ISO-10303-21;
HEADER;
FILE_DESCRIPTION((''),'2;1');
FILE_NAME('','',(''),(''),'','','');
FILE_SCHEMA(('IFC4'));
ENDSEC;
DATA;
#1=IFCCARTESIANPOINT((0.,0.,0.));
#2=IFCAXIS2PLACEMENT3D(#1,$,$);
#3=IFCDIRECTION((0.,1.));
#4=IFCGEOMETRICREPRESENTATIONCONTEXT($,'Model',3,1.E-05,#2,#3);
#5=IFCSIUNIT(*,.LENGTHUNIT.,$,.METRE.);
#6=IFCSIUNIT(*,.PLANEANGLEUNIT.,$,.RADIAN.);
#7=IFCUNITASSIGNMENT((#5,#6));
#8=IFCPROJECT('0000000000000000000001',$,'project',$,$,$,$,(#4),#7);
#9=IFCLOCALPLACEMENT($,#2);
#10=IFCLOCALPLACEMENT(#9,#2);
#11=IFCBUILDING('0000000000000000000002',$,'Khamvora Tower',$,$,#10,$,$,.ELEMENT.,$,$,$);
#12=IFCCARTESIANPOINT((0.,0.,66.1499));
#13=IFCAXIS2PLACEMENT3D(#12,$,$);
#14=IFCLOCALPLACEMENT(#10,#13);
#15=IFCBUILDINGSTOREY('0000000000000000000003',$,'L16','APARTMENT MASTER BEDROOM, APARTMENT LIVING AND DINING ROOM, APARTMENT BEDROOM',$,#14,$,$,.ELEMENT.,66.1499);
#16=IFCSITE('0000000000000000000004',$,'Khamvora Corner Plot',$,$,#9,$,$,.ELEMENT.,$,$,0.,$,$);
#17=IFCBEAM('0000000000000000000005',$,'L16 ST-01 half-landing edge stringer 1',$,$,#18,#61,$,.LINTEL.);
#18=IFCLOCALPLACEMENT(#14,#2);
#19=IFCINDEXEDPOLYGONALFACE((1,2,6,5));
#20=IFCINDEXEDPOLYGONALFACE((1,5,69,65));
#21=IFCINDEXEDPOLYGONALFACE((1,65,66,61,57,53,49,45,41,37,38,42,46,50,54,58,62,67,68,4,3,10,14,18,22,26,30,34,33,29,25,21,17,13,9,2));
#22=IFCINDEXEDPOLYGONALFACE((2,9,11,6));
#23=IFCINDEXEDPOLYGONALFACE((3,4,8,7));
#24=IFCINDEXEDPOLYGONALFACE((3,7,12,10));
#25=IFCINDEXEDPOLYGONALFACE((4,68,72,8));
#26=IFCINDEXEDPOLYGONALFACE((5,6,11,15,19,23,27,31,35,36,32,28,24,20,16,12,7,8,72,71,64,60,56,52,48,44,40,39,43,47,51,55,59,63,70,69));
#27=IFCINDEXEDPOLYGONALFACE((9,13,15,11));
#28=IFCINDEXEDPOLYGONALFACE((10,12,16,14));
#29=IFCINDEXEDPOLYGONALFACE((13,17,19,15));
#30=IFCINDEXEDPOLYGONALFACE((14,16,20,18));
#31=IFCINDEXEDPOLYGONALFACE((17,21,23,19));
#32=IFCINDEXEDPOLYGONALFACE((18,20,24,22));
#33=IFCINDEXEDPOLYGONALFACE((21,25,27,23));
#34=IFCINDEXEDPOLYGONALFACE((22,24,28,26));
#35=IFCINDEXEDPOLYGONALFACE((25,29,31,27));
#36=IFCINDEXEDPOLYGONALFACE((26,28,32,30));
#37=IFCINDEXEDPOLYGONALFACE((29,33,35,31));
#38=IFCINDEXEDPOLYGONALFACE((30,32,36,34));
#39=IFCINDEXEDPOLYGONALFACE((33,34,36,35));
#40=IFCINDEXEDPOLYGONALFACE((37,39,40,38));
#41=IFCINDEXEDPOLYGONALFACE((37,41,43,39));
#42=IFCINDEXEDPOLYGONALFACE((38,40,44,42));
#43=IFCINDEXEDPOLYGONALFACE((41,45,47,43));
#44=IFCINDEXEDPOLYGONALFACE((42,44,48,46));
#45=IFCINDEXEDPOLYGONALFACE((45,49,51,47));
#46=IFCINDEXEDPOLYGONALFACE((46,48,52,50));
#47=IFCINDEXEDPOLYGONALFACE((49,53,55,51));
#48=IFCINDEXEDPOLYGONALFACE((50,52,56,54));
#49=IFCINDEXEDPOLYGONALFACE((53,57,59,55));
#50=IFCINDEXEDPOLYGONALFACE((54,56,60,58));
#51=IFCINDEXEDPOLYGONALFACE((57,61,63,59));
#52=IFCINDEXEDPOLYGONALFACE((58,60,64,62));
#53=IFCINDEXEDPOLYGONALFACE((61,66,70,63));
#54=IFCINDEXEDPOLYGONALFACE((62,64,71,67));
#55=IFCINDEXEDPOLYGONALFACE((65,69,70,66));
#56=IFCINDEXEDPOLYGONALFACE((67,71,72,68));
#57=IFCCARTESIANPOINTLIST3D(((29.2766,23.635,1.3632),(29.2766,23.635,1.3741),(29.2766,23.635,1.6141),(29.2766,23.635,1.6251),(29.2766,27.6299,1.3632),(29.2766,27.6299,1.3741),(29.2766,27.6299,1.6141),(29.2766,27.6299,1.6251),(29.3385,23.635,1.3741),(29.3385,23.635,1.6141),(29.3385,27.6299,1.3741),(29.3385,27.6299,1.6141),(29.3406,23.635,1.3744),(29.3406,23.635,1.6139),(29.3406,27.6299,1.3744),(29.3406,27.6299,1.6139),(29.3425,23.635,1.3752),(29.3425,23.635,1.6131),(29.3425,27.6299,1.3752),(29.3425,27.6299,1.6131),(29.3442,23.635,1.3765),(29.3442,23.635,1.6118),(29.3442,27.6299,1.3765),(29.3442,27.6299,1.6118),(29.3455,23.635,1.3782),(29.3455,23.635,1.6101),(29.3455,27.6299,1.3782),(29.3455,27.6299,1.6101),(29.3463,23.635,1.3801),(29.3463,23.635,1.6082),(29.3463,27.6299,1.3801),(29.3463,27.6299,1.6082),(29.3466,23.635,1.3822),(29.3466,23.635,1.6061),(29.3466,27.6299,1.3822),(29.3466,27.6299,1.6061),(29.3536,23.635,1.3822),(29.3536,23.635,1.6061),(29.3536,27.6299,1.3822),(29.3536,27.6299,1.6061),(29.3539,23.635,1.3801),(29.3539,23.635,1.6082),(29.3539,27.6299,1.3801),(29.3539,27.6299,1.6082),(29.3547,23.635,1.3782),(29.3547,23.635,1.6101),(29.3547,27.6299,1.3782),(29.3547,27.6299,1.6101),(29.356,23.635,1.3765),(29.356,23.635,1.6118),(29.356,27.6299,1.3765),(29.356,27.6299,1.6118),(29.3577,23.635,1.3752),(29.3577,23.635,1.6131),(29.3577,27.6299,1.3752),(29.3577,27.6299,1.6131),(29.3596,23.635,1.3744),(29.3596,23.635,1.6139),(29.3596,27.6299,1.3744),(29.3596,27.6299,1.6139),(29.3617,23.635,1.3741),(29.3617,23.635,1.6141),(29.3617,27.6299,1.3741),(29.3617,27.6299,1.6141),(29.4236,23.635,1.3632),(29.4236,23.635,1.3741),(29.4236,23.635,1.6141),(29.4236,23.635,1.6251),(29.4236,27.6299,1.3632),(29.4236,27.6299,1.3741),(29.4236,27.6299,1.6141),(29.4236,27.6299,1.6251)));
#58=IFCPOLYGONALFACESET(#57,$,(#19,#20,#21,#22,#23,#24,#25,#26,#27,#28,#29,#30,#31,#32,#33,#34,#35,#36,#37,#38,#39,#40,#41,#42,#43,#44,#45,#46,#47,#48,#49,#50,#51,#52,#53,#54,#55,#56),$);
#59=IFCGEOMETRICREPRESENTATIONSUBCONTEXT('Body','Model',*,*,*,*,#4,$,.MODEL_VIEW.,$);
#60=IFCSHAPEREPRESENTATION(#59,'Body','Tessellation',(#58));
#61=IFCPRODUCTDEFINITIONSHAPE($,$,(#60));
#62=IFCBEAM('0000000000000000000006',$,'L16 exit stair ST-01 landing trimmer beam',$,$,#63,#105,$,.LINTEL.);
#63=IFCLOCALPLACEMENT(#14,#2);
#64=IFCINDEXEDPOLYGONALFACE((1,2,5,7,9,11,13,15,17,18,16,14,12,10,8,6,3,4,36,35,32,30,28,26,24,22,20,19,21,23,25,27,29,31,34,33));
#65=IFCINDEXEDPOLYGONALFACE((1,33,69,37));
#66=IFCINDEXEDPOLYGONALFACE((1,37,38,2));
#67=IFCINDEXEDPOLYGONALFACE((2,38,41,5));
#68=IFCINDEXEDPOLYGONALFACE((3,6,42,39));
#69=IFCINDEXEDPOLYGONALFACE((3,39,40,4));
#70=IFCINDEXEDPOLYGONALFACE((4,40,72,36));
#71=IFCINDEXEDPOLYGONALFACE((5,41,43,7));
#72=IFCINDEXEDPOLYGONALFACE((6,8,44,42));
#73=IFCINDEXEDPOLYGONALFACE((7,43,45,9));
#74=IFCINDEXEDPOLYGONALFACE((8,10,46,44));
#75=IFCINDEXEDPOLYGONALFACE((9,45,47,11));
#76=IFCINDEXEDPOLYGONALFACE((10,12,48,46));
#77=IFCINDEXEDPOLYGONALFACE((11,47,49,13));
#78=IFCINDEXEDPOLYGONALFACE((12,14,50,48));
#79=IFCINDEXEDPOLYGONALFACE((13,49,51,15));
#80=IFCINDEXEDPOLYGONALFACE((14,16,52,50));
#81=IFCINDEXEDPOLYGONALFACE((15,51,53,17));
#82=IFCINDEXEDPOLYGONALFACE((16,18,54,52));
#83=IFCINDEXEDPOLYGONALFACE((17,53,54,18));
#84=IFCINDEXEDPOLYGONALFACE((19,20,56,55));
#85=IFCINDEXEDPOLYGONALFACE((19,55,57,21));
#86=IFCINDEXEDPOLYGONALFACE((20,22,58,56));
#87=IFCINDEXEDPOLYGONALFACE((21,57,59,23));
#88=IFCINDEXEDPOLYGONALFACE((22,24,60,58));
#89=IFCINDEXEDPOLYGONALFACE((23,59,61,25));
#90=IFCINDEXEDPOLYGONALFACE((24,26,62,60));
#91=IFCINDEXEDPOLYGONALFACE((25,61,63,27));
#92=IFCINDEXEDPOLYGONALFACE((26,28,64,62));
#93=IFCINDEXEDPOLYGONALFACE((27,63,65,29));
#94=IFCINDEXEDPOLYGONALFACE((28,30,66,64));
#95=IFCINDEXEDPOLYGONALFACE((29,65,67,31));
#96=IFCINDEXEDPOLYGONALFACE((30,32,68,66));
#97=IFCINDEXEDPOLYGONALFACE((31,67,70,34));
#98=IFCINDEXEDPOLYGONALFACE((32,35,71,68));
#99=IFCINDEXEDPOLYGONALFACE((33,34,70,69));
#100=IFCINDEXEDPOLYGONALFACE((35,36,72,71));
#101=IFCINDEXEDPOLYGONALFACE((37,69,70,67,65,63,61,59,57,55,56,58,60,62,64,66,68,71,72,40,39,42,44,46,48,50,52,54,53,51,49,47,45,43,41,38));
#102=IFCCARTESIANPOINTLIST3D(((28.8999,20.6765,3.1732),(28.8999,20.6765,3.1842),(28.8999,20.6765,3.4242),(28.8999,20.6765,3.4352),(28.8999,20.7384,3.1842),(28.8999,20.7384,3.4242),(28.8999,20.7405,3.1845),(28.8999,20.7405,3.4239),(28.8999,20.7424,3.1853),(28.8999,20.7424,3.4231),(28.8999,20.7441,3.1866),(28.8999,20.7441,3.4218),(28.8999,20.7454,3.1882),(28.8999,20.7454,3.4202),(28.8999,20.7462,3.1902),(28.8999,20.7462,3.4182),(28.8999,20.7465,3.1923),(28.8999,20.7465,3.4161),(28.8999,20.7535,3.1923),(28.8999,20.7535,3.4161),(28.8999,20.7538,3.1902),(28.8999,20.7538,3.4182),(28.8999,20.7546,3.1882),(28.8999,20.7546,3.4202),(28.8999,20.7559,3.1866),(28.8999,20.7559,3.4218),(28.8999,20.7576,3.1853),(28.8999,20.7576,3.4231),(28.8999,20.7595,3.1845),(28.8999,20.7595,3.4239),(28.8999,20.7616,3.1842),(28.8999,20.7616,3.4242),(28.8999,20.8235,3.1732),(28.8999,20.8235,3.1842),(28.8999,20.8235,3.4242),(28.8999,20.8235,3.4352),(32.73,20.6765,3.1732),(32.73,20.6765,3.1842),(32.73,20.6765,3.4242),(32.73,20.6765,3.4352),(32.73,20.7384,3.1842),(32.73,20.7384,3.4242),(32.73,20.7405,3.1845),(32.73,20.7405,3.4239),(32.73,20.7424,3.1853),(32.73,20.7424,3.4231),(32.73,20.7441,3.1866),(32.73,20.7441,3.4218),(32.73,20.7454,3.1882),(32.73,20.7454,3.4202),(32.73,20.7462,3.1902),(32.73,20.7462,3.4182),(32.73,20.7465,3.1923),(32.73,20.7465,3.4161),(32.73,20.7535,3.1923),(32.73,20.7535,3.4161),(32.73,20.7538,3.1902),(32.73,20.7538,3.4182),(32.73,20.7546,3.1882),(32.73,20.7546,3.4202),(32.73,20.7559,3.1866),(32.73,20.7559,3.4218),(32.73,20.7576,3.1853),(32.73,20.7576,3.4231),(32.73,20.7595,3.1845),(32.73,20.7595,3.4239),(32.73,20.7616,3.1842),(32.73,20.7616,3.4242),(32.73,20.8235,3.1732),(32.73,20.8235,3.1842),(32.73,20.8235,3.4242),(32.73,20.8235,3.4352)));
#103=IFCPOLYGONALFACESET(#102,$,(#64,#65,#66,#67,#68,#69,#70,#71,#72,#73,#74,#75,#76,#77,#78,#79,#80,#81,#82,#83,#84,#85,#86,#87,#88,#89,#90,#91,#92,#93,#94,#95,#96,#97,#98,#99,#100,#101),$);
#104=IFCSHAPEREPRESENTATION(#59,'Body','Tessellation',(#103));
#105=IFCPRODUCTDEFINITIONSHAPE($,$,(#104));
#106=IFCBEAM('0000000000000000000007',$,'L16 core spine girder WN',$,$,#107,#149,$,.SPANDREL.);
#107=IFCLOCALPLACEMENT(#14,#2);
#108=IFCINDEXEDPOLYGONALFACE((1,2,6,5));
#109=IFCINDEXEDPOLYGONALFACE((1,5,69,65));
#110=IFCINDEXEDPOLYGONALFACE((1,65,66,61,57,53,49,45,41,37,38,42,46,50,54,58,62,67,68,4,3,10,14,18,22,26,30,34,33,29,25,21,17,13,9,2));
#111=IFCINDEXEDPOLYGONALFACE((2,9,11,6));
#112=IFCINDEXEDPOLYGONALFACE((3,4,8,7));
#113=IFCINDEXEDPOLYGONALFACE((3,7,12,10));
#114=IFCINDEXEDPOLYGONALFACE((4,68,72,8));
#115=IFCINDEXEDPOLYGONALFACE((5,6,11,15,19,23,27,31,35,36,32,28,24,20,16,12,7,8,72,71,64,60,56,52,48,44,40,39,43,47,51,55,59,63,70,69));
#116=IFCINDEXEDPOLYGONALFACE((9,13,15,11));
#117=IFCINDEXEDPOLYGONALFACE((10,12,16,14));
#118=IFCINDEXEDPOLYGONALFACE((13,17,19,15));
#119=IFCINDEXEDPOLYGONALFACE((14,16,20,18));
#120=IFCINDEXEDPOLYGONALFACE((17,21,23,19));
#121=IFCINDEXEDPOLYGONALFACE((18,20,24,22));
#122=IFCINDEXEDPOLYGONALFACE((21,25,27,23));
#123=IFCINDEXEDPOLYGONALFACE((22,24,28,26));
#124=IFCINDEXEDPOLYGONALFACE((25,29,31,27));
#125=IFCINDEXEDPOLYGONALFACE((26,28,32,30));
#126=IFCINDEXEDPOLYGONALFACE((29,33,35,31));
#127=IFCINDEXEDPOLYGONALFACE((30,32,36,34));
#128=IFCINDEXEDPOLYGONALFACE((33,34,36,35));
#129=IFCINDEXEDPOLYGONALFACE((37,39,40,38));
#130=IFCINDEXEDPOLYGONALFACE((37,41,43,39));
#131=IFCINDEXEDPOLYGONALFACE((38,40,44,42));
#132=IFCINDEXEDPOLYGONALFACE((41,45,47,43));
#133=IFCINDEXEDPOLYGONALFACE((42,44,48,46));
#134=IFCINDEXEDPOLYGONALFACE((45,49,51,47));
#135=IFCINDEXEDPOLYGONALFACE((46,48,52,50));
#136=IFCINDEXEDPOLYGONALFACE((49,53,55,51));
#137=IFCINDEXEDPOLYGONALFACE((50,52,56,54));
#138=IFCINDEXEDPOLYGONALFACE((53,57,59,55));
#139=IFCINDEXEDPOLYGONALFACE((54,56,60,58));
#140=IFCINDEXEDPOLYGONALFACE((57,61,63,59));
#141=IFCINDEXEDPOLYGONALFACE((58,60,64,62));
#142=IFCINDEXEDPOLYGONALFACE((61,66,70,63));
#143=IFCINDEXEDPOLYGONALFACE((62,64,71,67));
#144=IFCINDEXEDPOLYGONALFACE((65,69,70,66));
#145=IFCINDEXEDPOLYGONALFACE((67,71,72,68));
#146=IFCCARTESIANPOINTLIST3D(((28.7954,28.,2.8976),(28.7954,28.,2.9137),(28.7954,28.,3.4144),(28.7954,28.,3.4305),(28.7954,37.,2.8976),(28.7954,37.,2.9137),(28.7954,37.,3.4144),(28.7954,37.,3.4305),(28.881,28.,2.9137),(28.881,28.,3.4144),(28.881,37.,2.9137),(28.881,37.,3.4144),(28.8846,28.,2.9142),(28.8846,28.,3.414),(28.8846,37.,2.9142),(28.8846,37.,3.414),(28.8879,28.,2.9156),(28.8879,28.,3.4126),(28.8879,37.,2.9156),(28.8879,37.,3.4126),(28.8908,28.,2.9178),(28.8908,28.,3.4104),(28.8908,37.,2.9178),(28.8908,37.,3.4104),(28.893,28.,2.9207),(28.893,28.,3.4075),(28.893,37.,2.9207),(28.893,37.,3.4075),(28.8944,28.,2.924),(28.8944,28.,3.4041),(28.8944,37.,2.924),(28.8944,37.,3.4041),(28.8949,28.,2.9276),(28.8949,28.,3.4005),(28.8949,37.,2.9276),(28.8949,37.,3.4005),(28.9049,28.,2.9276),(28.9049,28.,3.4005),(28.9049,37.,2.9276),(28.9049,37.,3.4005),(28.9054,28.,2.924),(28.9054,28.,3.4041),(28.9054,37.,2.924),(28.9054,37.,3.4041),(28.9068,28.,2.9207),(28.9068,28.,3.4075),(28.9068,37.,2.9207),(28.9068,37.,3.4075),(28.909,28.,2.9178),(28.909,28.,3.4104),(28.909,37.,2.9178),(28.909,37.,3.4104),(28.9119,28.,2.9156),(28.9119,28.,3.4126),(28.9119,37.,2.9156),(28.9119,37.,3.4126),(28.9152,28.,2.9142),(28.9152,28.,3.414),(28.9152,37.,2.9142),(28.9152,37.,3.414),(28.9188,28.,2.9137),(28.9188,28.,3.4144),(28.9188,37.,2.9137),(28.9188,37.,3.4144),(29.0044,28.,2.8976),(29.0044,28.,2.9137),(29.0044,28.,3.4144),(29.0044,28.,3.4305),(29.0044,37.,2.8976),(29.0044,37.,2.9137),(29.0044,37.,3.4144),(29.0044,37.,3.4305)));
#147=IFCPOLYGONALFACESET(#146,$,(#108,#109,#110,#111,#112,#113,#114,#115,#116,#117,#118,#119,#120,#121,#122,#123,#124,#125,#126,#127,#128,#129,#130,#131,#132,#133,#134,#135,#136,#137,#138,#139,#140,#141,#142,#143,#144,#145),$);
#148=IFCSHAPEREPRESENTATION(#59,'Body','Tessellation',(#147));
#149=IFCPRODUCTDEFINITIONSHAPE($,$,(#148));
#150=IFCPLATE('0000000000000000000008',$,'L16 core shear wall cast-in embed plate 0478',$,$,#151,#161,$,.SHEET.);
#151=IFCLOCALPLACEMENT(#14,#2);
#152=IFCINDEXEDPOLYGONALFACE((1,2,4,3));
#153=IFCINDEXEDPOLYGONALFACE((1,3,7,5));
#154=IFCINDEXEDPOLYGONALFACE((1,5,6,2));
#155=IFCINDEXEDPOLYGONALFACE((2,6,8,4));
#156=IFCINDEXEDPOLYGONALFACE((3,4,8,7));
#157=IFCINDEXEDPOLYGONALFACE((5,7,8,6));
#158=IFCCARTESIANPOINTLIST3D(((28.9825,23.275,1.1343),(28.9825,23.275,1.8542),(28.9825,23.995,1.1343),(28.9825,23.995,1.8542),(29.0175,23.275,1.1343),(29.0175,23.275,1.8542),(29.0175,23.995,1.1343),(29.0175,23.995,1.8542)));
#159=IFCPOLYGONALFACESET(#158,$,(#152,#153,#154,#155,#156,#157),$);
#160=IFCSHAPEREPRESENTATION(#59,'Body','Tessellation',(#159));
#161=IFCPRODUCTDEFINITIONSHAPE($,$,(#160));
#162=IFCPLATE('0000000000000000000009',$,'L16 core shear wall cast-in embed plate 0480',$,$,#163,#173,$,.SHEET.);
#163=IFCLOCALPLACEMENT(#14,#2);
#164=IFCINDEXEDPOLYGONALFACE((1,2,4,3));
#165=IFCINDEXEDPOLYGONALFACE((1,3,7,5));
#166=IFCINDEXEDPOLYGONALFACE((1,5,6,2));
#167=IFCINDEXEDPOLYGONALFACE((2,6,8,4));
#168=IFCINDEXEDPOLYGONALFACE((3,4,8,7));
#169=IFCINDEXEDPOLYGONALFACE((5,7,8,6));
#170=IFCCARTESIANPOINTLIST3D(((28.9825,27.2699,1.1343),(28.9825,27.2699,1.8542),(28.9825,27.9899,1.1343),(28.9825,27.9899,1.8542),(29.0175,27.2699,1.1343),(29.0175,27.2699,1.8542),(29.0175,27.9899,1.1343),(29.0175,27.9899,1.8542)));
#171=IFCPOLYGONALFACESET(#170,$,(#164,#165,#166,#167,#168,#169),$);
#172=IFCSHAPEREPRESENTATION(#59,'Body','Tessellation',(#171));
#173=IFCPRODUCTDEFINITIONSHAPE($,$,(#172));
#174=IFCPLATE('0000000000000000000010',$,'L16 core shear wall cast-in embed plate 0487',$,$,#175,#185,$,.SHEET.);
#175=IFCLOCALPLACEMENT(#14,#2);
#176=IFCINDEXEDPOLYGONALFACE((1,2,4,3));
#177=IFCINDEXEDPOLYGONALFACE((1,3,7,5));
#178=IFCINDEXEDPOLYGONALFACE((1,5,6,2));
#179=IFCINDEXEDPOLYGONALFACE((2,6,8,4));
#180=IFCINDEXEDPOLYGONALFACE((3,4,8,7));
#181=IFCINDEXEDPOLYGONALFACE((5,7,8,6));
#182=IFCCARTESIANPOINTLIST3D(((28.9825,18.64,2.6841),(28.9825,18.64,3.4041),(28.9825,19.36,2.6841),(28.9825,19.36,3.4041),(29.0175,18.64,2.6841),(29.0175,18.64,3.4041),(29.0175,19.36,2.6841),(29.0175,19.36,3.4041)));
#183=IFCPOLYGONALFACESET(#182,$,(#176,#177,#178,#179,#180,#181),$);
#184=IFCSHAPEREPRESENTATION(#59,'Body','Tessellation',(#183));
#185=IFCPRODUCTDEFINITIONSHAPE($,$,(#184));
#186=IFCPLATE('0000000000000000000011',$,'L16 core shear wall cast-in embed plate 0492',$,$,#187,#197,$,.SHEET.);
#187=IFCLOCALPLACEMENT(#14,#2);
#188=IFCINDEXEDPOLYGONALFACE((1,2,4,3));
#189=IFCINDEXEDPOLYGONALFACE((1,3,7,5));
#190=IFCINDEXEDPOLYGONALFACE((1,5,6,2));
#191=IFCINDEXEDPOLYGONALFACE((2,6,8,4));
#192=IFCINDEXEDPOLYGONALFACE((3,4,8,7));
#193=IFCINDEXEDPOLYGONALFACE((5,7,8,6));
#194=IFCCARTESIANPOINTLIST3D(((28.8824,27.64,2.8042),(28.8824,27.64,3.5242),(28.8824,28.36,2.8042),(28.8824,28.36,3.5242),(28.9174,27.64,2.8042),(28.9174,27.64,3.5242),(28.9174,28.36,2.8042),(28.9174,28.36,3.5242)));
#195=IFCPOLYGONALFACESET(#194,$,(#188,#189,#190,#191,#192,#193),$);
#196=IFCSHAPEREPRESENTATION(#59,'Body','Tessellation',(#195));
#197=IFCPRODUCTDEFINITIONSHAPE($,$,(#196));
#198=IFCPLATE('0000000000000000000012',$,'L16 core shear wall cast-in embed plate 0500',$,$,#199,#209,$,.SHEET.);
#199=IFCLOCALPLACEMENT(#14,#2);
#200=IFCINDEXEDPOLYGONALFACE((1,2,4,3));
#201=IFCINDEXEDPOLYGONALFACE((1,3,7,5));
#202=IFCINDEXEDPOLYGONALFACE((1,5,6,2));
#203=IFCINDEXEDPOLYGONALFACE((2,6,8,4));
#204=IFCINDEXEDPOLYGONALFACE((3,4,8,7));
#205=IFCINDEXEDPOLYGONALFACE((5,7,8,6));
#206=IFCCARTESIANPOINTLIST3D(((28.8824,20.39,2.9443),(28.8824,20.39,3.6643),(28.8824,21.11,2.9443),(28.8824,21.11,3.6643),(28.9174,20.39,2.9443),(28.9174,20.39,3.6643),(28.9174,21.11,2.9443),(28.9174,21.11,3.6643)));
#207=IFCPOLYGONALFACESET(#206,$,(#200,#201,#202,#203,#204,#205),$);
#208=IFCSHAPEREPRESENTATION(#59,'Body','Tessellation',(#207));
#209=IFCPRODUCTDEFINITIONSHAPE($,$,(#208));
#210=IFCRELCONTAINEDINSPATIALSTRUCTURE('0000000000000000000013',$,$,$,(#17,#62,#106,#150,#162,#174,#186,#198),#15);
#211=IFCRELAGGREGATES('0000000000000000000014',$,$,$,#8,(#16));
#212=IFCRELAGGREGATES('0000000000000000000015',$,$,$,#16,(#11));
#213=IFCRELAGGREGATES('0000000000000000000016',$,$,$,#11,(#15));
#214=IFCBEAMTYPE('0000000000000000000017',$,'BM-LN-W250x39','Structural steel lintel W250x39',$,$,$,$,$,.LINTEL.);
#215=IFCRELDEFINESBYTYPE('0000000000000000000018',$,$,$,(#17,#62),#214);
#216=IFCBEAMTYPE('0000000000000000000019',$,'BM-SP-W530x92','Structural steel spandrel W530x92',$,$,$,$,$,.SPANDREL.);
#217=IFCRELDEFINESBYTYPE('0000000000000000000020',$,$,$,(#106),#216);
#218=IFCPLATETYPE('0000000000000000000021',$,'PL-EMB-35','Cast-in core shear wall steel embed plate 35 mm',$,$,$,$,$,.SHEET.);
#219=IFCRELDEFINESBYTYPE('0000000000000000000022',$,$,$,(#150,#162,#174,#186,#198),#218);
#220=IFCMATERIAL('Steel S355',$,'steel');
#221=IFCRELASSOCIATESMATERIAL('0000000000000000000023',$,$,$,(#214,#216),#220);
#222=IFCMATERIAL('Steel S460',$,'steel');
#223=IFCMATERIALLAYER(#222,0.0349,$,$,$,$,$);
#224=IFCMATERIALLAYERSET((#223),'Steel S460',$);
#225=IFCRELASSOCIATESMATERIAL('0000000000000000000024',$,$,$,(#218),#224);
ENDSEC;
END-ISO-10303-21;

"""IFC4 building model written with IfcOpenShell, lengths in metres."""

from ifc_helpers import new_model, si_unit, direction, frame, origin, origin_2d, place, context, subcontext, project, spatial, rectangle, i_section, extrude, material, layer, layer_set, material_profile, profile_set, type_object, element, save


model = new_model("IFC4")

# Units and contexts
model_context = context("Model", 3, precision=1e-05, world=origin(), true_north=direction((0.0, 1.0)))
body_context = subcontext(model_context, "Body", "Model", "MODEL_VIEW")
ifc_project = project(units=[si_unit("LENGTHUNIT", "METRE"), si_unit("PLANEANGLEUNIT", "RADIAN")], contexts=[model_context])

# Site, building, storey
site_placement = place(None, origin())
site = spatial("IfcSite", under=ifc_project, at=site_placement, Name="Khamvora Corner Plot", CompositionType="ELEMENT", RefElevation=0.0)
building_placement = place(site_placement, origin())
building = spatial("IfcBuilding", under=site, at=building_placement, Name="Khamvora Tower", CompositionType="ELEMENT")
storey_placement = place(building_placement, frame((0.0, 0.0, 66.1499)))
storey = spatial("IfcBuildingStorey", under=building, at=storey_placement, Name="L16", Description="APARTMENT MASTER BEDROOM, APARTMENT LIVING AND DINING ROOM, APARTMENT BEDROOM", CompositionType="ELEMENT", Elevation=66.1499)

# Shared definitions
ifc_material_1 = material(Name="Steel S460", Category="steel")

# Beams
ifc_material_2 = material(Name="Steel S355", Category="steel")
ifc_material_profile_1 = material_profile(ifc_material_2, i_section(OverallWidth=0.147, OverallDepth=0.262, WebThickness=0.0071, FlangeThickness=0.011, FilletRadius=0.0081, at=origin_2d()), Name="W250x39")
ifc_profile_set_1 = profile_set([ifc_material_profile_1], Name="Steel S355")
beam_type_1 = type_object("IfcBeamType", Name="BM-LN-W250x39", Description="Structural steel lintel W250x39", PredefinedType="LINTEL", material=ifc_profile_set_1)
beam_1_placement = place(storey_placement, frame((29.3501, 23.635, 1.4941), z_axis=(0.0, 1.0, 0.0), x_axis=(-1.0, 0.0, 0.0)))
element("IfcBeam", 1, at=beam_1_placement, inside=storey, type_object=beam_type_1, Name="L16 ST-01 half-landing edge stringer 1", PredefinedType="LINTEL", context=body_context, shape_type="SweptSolid", body=[
    extrude(i_section(OverallWidth=0.147, OverallDepth=0.262, WebThickness=0.0071, FlangeThickness=0.011, FilletRadius=0.0081, at=origin_2d()), origin(), (0.0, 0.0, 1.0), 3.9949),
])
beam_2_placement = place(storey_placement, frame((28.8999, 20.75, 3.3042), z_axis=(1.0, 0.0, 0.0), x_axis=(0.0, 1.0, 0.0)))
element("IfcBeam", 2, at=beam_2_placement, inside=storey, type_object=beam_type_1, Name="L16 exit stair ST-01 landing trimmer beam", PredefinedType="LINTEL", context=body_context, shape_type="SweptSolid", body=[
    extrude(i_section(OverallWidth=0.147, OverallDepth=0.262, WebThickness=0.0071, FlangeThickness=0.011, FilletRadius=0.0081, at=origin_2d()), origin(), (0.0, 0.0, 1.0), 3.8301),
])
ifc_material_profile_2 = material_profile(ifc_material_2, i_section(OverallWidth=0.209, OverallDepth=0.533, WebThickness=0.01, FlangeThickness=0.0161, FilletRadius=0.0139, at=origin_2d()), Name="W530x92")
ifc_profile_set_2 = profile_set([ifc_material_profile_2], Name="Steel S355")
beam_type_2 = type_object("IfcBeamType", Name="BM-SP-W530x92", Description="Structural steel spandrel W530x92", PredefinedType="SPANDREL", material=ifc_profile_set_2)
beam_3_placement = place(storey_placement, frame((28.8999, 28.0, 3.1641), z_axis=(0.0, 1.0, 0.0), x_axis=(-1.0, 0.0, 0.0)))
element("IfcBeam", 3, at=beam_3_placement, inside=storey, type_object=beam_type_2, Name="L16 core spine girder WN", PredefinedType="SPANDREL", context=body_context, shape_type="SweptSolid", body=[
    extrude(i_section(OverallWidth=0.209, OverallDepth=0.533, WebThickness=0.01, FlangeThickness=0.0161, FilletRadius=0.0139, at=origin_2d()), origin(), (0.0, 0.0, 1.0), 9.0),
])

# Plates
ifc_layer_1 = layer(ifc_material_1, 0.0349)
ifc_layer_set_1 = layer_set([ifc_layer_1], Name="Steel S460")
plate_type = type_object("IfcPlateType", Name="PL-EMB-35", Description="Cast-in core shear wall steel embed plate 35 mm", PredefinedType="SHEET", material=ifc_layer_set_1)
for number, where, z_axis, x_axis, name in (
    (4, (29.0, 23.635, 1.1343), (0.0, 0.0, 1.0), (1.0, 0.0, 0.0), "L16 core shear wall cast-in embed plate 0478"),
    (5, (29.0, 27.6299, 1.1343), (0.0, 0.0, 1.0), (1.0, 0.0, 0.0), "L16 core shear wall cast-in embed plate 0480"),
    (6, (29.0, 19.0, 2.6841), (0.0, 0.0, 1.0), (1.0, 0.0, 0.0), "L16 core shear wall cast-in embed plate 0487"),
    (7, (28.8999, 28.0, 2.8042), (0.0, 0.0, 1.0), (1.0, 0.0, 0.0), "L16 core shear wall cast-in embed plate 0492"),
    (8, (28.8999, 20.75, 2.9443), (0.0, 0.0, 1.0), (1.0, 0.0, 0.0), "L16 core shear wall cast-in embed plate 0500"),
):
    element("IfcPlate", number, at=place(storey_placement, frame(where, z_axis=z_axis, x_axis=x_axis)), inside=storey, type_object=plate_type, Name=name, PredefinedType="SHEET", context=body_context, shape_type="SweptSolid", body=[
        extrude(rectangle(XDim=0.0349, YDim=0.72, at=origin_2d()), origin(), (0.0, 0.0, 1.0), 0.72),
    ])

save(model, "model.ifc")
